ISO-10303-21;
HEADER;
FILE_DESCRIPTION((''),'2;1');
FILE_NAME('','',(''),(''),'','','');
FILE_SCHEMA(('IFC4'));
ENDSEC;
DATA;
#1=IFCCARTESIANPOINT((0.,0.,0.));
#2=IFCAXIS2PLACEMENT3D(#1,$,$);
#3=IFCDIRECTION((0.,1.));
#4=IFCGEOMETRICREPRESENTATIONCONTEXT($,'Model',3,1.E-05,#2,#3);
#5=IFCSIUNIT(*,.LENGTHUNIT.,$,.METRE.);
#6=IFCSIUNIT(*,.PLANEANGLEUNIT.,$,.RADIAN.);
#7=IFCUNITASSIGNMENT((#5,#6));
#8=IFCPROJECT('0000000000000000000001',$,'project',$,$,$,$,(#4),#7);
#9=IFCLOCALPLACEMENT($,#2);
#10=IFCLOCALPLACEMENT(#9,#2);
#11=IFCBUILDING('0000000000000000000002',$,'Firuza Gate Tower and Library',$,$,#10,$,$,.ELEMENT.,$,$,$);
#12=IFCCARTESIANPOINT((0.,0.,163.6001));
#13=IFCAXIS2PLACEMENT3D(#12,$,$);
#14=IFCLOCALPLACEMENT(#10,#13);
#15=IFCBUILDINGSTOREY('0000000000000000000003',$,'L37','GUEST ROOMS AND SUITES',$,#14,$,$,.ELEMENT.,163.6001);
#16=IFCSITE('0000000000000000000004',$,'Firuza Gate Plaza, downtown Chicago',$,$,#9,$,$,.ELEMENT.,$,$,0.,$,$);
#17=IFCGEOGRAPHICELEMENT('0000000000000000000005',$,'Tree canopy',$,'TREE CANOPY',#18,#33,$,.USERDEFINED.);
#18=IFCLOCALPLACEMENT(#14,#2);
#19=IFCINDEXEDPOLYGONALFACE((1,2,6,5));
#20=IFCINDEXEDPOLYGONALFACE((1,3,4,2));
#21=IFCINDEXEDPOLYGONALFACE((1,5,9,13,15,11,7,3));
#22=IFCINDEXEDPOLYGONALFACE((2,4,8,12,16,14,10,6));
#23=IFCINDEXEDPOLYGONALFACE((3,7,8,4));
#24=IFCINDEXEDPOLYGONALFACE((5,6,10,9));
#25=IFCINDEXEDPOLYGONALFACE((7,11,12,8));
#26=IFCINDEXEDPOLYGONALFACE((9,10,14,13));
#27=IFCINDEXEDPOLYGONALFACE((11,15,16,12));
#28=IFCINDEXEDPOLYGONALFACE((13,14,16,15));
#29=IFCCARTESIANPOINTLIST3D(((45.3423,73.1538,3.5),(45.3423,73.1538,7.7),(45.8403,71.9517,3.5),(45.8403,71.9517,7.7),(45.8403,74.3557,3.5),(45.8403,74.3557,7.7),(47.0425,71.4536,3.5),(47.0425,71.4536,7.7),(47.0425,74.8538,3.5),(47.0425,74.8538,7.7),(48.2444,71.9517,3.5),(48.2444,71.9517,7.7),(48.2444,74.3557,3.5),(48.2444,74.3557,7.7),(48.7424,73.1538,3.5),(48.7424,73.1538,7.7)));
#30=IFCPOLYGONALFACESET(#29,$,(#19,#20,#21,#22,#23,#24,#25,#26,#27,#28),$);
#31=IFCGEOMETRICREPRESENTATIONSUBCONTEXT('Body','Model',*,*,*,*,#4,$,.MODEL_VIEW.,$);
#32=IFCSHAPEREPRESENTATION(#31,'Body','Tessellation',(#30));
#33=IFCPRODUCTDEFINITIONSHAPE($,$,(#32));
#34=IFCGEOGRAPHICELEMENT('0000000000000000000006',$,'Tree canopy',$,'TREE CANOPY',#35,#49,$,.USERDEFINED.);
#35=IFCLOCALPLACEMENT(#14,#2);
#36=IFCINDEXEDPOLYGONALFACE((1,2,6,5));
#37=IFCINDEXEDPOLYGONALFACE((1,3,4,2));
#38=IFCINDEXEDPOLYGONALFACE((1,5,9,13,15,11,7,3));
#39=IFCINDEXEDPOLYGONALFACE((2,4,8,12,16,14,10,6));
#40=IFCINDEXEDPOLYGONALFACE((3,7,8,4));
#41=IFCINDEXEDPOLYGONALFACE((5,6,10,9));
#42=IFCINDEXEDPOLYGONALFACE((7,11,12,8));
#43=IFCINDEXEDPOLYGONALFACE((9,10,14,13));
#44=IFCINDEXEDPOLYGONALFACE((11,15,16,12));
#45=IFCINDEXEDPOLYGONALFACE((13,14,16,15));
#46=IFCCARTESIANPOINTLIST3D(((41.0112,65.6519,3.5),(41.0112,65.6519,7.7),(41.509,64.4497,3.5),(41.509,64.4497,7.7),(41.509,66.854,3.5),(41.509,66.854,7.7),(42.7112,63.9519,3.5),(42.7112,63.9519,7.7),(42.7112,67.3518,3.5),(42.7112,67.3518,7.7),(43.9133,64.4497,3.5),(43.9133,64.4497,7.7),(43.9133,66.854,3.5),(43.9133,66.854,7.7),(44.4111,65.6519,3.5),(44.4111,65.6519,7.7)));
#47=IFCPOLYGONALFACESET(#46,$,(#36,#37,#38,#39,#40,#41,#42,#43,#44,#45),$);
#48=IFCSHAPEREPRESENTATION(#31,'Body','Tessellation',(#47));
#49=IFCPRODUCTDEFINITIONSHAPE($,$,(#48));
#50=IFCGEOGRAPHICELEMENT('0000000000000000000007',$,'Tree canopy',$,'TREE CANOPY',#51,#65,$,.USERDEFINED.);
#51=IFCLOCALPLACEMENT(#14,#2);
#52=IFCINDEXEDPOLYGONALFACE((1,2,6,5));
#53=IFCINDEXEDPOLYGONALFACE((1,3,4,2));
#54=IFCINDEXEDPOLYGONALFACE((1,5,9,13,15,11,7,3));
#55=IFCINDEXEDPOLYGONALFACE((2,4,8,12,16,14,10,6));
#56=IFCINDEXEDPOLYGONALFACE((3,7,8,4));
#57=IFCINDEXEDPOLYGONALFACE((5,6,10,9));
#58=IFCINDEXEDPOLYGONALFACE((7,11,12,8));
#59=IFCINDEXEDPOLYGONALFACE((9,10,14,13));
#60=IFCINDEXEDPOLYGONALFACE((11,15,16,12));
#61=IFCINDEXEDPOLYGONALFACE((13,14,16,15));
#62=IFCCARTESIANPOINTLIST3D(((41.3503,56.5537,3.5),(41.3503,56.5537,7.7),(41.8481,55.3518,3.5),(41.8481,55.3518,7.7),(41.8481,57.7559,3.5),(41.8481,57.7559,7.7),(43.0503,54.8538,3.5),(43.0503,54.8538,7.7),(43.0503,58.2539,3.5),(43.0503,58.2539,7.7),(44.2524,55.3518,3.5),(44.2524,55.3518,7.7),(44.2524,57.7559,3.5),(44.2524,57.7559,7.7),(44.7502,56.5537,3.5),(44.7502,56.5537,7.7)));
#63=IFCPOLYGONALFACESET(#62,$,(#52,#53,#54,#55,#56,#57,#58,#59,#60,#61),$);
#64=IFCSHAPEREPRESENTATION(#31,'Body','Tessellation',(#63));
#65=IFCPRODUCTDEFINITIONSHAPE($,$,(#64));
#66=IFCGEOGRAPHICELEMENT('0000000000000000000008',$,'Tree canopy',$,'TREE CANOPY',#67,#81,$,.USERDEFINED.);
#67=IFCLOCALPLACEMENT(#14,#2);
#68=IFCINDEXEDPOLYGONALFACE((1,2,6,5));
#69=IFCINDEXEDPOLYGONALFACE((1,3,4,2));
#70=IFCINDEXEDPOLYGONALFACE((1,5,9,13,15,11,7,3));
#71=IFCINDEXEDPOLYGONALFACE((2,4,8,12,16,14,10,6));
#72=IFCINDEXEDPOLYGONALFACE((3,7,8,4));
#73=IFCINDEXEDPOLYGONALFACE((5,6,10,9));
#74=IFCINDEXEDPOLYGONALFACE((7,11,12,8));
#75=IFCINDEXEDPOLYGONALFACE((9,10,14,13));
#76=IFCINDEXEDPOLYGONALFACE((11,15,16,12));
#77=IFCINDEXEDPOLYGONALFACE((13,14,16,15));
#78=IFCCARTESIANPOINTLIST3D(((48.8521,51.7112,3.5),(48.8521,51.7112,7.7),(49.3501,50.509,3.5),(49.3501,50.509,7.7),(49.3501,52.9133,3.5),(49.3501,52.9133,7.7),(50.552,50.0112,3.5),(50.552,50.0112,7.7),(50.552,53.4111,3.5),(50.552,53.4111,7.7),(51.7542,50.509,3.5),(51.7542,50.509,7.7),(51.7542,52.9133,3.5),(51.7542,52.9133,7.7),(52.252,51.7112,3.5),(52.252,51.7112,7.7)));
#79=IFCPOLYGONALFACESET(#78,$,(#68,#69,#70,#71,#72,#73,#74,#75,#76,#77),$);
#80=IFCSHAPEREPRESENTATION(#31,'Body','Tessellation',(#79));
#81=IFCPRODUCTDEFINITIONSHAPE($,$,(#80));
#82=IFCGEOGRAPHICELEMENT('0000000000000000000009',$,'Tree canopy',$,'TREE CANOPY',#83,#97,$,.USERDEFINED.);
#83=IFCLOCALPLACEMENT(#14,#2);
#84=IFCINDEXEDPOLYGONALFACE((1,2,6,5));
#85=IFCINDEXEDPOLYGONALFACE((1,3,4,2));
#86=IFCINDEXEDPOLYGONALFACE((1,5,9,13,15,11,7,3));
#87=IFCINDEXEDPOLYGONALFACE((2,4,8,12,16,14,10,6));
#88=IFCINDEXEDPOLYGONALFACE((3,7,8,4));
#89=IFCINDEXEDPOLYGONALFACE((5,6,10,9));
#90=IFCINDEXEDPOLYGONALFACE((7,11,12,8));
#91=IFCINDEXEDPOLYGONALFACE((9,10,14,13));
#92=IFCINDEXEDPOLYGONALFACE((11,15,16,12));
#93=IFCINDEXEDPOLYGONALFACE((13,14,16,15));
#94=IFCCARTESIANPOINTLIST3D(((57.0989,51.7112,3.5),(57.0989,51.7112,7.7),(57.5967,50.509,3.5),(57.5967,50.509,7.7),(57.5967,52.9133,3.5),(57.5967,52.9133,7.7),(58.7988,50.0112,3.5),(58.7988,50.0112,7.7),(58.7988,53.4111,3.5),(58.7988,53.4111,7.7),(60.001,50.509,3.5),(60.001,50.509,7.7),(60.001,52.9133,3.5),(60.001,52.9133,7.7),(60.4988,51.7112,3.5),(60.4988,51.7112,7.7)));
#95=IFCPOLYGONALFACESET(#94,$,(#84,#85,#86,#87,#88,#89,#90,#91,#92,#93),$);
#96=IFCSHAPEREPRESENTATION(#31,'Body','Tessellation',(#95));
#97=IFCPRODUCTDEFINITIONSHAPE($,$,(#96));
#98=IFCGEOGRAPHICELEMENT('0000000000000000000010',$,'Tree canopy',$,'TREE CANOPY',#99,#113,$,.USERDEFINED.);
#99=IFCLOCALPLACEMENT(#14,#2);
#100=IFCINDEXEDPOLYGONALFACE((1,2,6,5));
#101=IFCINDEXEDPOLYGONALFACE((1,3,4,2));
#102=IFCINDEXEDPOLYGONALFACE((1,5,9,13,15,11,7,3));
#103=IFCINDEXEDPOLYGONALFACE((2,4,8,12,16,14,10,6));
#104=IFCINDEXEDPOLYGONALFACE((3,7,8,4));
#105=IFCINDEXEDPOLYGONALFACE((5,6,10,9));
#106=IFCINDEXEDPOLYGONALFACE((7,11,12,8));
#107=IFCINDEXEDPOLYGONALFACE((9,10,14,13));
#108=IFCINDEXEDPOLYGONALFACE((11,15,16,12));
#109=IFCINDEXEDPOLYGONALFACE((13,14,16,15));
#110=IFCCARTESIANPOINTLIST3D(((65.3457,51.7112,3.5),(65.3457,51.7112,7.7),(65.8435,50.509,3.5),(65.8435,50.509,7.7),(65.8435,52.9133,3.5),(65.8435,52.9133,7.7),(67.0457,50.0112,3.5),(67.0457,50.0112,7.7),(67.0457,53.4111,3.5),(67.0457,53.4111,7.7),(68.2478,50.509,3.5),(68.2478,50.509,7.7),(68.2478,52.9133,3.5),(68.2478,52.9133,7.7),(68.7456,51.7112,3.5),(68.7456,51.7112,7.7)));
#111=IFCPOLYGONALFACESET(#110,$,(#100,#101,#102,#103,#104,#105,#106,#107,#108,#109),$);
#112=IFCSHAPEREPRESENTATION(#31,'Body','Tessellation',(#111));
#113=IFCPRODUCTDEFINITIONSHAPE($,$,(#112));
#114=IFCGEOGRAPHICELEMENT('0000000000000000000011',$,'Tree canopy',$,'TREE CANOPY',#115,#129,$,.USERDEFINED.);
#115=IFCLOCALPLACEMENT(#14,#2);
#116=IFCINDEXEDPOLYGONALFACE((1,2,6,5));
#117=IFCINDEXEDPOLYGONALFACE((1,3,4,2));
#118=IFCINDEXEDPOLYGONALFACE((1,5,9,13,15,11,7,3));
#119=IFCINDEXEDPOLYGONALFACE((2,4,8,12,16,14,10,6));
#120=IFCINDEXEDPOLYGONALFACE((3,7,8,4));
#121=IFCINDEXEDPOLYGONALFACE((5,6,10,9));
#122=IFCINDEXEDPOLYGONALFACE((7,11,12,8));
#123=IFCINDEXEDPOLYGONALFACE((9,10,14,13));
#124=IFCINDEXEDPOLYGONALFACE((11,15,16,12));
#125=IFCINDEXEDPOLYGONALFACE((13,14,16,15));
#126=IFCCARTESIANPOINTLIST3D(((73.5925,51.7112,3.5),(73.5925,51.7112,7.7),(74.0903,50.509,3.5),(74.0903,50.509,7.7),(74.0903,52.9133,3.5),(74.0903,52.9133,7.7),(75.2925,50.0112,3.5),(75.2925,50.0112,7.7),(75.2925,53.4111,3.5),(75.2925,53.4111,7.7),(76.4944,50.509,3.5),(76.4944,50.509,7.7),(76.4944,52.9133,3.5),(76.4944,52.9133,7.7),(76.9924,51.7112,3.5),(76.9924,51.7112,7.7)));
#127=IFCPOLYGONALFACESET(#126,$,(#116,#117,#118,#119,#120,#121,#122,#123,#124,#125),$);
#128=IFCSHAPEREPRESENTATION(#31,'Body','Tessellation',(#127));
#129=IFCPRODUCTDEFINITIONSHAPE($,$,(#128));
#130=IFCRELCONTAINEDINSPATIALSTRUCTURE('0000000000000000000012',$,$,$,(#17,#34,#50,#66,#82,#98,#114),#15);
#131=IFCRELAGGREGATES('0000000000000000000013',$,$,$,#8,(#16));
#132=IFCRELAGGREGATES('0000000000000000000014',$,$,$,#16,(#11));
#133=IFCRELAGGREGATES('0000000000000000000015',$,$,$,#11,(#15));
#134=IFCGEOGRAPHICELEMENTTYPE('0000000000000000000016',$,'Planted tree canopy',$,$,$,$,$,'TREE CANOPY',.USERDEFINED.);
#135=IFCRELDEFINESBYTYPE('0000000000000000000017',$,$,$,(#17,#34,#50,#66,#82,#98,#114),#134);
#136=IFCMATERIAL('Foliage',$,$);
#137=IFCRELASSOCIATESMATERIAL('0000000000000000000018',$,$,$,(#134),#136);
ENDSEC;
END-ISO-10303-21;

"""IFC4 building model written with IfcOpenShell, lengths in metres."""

from ifc_helpers import new_model, si_unit, direction, frame, origin, place, context, subcontext, project, spatial, polyline, outline, extrude, material, type_object, element, save


model = new_model("IFC4")

# Units and contexts
model_context = context("Model", 3, precision=1e-05, world=origin(), true_north=direction((0.0, 1.0)))
body_context = subcontext(model_context, "Body", "Model", "MODEL_VIEW")
ifc_project = project(units=[si_unit("LENGTHUNIT", "METRE"), si_unit("PLANEANGLEUNIT", "RADIAN")], contexts=[model_context])

# Site, building, storey
site_placement = place(None, origin())
site = spatial("IfcSite", under=ifc_project, at=site_placement, Name="Firuza Gate Plaza, downtown Chicago", CompositionType="ELEMENT", RefElevation=0.0)
building_placement = place(site_placement, origin())
building = spatial("IfcBuilding", under=site, at=building_placement, Name="Firuza Gate Tower and Library", CompositionType="ELEMENT")
storey_placement = place(building_placement, frame((0.0, 0.0, 163.6001)))
storey = spatial("IfcBuildingStorey", under=building, at=storey_placement, Name="L37", Description="GUEST ROOMS AND SUITES", CompositionType="ELEMENT", Elevation=163.6001)

# Geographic elements
ifc_material_1 = material(Name="Foliage")
geographic_element_type = type_object("IfcGeographicElementType", Name="Planted tree canopy", ElementType="TREE CANOPY", PredefinedType="USERDEFINED", material=ifc_material_1)
placement_1 = place(storey_placement, frame((0.0, 0.0, 3.5)))
element("IfcGeographicElement", 1, at=placement_1, inside=storey, type_object=geographic_element_type, Name="Tree canopy", ObjectType="TREE CANOPY", PredefinedType="USERDEFINED", context=body_context, shape_type="SweptSolid", body=[
    extrude(outline(polyline([(48.7424, 73.1538), (48.2444, 74.3557), (47.0425, 74.8538), (45.8403, 74.3557), (45.3423, 73.1538), (45.8403, 71.9517), (47.0425, 71.4536), (48.2444, 71.9517), (48.7424, 73.1538)])), origin(), (0.0, 0.0, 1.0), 4.2),
])
element("IfcGeographicElement", 2, at=placement_1, inside=storey, type_object=geographic_element_type, Name="Tree canopy", ObjectType="TREE CANOPY", PredefinedType="USERDEFINED", context=body_context, shape_type="SweptSolid", body=[
    extrude(outline(polyline([(44.4111, 65.6519), (43.9133, 66.854), (42.7112, 67.3518), (41.509, 66.854), (41.0112, 65.6519), (41.509, 64.4497), (42.7112, 63.9519), (43.9133, 64.4497), (44.4111, 65.6519)])), origin(), (0.0, 0.0, 1.0), 4.2),
])
element("IfcGeographicElement", 3, at=placement_1, inside=storey, type_object=geographic_element_type, Name="Tree canopy", ObjectType="TREE CANOPY", PredefinedType="USERDEFINED", context=body_context, shape_type="SweptSolid", body=[
    extrude(outline(polyline([(44.7502, 56.5537), (44.2524, 57.7559), (43.0503, 58.2539), (41.8481, 57.7559), (41.3503, 56.5537), (41.8481, 55.3518), (43.0503, 54.8538), (44.2524, 55.3518), (44.7502, 56.5537)])), origin(), (0.0, 0.0, 1.0), 4.2),
])
element("IfcGeographicElement", 4, at=placement_1, inside=storey, type_object=geographic_element_type, Name="Tree canopy", ObjectType="TREE CANOPY", PredefinedType="USERDEFINED", context=body_context, shape_type="SweptSolid", body=[
    extrude(outline(polyline([(52.252, 51.7112), (51.7542, 52.9133), (50.552, 53.4111), (49.3501, 52.9133), (48.8521, 51.7112), (49.3501, 50.509), (50.552, 50.0112), (51.7542, 50.509), (52.252, 51.7112)])), origin(), (0.0, 0.0, 1.0), 4.2),
])
element("IfcGeographicElement", 5, at=placement_1, inside=storey, type_object=geographic_element_type, Name="Tree canopy", ObjectType="TREE CANOPY", PredefinedType="USERDEFINED", context=body_context, shape_type="SweptSolid", body=[
    extrude(outline(polyline([(60.4988, 51.7112), (60.001, 52.9133), (58.7988, 53.4111), (57.5967, 52.9133), (57.0989, 51.7112), (57.5967, 50.509), (58.7988, 50.0112), (60.001, 50.509), (60.4988, 51.7112)])), origin(), (0.0, 0.0, 1.0), 4.2),
])
element("IfcGeographicElement", 6, at=placement_1, inside=storey, type_object=geographic_element_type, Name="Tree canopy", ObjectType="TREE CANOPY", PredefinedType="USERDEFINED", context=body_context, shape_type="SweptSolid", body=[
    extrude(outline(polyline([(68.7456, 51.7112), (68.2478, 52.9133), (67.0457, 53.4111), (65.8435, 52.9133), (65.3457, 51.7112), (65.8435, 50.509), (67.0457, 50.0112), (68.2478, 50.509), (68.7456, 51.7112)])), origin(), (0.0, 0.0, 1.0), 4.2),
])
element("IfcGeographicElement", 7, at=placement_1, inside=storey, type_object=geographic_element_type, Name="Tree canopy", ObjectType="TREE CANOPY", PredefinedType="USERDEFINED", context=body_context, shape_type="SweptSolid", body=[
    extrude(outline(polyline([(76.9924, 51.7112), (76.4944, 52.9133), (75.2925, 53.4111), (74.0903, 52.9133), (73.5925, 51.7112), (74.0903, 50.509), (75.2925, 50.0112), (76.4944, 50.509), (76.9924, 51.7112)])), origin(), (0.0, 0.0, 1.0), 4.2),
])

save(model, "model.ifc")
